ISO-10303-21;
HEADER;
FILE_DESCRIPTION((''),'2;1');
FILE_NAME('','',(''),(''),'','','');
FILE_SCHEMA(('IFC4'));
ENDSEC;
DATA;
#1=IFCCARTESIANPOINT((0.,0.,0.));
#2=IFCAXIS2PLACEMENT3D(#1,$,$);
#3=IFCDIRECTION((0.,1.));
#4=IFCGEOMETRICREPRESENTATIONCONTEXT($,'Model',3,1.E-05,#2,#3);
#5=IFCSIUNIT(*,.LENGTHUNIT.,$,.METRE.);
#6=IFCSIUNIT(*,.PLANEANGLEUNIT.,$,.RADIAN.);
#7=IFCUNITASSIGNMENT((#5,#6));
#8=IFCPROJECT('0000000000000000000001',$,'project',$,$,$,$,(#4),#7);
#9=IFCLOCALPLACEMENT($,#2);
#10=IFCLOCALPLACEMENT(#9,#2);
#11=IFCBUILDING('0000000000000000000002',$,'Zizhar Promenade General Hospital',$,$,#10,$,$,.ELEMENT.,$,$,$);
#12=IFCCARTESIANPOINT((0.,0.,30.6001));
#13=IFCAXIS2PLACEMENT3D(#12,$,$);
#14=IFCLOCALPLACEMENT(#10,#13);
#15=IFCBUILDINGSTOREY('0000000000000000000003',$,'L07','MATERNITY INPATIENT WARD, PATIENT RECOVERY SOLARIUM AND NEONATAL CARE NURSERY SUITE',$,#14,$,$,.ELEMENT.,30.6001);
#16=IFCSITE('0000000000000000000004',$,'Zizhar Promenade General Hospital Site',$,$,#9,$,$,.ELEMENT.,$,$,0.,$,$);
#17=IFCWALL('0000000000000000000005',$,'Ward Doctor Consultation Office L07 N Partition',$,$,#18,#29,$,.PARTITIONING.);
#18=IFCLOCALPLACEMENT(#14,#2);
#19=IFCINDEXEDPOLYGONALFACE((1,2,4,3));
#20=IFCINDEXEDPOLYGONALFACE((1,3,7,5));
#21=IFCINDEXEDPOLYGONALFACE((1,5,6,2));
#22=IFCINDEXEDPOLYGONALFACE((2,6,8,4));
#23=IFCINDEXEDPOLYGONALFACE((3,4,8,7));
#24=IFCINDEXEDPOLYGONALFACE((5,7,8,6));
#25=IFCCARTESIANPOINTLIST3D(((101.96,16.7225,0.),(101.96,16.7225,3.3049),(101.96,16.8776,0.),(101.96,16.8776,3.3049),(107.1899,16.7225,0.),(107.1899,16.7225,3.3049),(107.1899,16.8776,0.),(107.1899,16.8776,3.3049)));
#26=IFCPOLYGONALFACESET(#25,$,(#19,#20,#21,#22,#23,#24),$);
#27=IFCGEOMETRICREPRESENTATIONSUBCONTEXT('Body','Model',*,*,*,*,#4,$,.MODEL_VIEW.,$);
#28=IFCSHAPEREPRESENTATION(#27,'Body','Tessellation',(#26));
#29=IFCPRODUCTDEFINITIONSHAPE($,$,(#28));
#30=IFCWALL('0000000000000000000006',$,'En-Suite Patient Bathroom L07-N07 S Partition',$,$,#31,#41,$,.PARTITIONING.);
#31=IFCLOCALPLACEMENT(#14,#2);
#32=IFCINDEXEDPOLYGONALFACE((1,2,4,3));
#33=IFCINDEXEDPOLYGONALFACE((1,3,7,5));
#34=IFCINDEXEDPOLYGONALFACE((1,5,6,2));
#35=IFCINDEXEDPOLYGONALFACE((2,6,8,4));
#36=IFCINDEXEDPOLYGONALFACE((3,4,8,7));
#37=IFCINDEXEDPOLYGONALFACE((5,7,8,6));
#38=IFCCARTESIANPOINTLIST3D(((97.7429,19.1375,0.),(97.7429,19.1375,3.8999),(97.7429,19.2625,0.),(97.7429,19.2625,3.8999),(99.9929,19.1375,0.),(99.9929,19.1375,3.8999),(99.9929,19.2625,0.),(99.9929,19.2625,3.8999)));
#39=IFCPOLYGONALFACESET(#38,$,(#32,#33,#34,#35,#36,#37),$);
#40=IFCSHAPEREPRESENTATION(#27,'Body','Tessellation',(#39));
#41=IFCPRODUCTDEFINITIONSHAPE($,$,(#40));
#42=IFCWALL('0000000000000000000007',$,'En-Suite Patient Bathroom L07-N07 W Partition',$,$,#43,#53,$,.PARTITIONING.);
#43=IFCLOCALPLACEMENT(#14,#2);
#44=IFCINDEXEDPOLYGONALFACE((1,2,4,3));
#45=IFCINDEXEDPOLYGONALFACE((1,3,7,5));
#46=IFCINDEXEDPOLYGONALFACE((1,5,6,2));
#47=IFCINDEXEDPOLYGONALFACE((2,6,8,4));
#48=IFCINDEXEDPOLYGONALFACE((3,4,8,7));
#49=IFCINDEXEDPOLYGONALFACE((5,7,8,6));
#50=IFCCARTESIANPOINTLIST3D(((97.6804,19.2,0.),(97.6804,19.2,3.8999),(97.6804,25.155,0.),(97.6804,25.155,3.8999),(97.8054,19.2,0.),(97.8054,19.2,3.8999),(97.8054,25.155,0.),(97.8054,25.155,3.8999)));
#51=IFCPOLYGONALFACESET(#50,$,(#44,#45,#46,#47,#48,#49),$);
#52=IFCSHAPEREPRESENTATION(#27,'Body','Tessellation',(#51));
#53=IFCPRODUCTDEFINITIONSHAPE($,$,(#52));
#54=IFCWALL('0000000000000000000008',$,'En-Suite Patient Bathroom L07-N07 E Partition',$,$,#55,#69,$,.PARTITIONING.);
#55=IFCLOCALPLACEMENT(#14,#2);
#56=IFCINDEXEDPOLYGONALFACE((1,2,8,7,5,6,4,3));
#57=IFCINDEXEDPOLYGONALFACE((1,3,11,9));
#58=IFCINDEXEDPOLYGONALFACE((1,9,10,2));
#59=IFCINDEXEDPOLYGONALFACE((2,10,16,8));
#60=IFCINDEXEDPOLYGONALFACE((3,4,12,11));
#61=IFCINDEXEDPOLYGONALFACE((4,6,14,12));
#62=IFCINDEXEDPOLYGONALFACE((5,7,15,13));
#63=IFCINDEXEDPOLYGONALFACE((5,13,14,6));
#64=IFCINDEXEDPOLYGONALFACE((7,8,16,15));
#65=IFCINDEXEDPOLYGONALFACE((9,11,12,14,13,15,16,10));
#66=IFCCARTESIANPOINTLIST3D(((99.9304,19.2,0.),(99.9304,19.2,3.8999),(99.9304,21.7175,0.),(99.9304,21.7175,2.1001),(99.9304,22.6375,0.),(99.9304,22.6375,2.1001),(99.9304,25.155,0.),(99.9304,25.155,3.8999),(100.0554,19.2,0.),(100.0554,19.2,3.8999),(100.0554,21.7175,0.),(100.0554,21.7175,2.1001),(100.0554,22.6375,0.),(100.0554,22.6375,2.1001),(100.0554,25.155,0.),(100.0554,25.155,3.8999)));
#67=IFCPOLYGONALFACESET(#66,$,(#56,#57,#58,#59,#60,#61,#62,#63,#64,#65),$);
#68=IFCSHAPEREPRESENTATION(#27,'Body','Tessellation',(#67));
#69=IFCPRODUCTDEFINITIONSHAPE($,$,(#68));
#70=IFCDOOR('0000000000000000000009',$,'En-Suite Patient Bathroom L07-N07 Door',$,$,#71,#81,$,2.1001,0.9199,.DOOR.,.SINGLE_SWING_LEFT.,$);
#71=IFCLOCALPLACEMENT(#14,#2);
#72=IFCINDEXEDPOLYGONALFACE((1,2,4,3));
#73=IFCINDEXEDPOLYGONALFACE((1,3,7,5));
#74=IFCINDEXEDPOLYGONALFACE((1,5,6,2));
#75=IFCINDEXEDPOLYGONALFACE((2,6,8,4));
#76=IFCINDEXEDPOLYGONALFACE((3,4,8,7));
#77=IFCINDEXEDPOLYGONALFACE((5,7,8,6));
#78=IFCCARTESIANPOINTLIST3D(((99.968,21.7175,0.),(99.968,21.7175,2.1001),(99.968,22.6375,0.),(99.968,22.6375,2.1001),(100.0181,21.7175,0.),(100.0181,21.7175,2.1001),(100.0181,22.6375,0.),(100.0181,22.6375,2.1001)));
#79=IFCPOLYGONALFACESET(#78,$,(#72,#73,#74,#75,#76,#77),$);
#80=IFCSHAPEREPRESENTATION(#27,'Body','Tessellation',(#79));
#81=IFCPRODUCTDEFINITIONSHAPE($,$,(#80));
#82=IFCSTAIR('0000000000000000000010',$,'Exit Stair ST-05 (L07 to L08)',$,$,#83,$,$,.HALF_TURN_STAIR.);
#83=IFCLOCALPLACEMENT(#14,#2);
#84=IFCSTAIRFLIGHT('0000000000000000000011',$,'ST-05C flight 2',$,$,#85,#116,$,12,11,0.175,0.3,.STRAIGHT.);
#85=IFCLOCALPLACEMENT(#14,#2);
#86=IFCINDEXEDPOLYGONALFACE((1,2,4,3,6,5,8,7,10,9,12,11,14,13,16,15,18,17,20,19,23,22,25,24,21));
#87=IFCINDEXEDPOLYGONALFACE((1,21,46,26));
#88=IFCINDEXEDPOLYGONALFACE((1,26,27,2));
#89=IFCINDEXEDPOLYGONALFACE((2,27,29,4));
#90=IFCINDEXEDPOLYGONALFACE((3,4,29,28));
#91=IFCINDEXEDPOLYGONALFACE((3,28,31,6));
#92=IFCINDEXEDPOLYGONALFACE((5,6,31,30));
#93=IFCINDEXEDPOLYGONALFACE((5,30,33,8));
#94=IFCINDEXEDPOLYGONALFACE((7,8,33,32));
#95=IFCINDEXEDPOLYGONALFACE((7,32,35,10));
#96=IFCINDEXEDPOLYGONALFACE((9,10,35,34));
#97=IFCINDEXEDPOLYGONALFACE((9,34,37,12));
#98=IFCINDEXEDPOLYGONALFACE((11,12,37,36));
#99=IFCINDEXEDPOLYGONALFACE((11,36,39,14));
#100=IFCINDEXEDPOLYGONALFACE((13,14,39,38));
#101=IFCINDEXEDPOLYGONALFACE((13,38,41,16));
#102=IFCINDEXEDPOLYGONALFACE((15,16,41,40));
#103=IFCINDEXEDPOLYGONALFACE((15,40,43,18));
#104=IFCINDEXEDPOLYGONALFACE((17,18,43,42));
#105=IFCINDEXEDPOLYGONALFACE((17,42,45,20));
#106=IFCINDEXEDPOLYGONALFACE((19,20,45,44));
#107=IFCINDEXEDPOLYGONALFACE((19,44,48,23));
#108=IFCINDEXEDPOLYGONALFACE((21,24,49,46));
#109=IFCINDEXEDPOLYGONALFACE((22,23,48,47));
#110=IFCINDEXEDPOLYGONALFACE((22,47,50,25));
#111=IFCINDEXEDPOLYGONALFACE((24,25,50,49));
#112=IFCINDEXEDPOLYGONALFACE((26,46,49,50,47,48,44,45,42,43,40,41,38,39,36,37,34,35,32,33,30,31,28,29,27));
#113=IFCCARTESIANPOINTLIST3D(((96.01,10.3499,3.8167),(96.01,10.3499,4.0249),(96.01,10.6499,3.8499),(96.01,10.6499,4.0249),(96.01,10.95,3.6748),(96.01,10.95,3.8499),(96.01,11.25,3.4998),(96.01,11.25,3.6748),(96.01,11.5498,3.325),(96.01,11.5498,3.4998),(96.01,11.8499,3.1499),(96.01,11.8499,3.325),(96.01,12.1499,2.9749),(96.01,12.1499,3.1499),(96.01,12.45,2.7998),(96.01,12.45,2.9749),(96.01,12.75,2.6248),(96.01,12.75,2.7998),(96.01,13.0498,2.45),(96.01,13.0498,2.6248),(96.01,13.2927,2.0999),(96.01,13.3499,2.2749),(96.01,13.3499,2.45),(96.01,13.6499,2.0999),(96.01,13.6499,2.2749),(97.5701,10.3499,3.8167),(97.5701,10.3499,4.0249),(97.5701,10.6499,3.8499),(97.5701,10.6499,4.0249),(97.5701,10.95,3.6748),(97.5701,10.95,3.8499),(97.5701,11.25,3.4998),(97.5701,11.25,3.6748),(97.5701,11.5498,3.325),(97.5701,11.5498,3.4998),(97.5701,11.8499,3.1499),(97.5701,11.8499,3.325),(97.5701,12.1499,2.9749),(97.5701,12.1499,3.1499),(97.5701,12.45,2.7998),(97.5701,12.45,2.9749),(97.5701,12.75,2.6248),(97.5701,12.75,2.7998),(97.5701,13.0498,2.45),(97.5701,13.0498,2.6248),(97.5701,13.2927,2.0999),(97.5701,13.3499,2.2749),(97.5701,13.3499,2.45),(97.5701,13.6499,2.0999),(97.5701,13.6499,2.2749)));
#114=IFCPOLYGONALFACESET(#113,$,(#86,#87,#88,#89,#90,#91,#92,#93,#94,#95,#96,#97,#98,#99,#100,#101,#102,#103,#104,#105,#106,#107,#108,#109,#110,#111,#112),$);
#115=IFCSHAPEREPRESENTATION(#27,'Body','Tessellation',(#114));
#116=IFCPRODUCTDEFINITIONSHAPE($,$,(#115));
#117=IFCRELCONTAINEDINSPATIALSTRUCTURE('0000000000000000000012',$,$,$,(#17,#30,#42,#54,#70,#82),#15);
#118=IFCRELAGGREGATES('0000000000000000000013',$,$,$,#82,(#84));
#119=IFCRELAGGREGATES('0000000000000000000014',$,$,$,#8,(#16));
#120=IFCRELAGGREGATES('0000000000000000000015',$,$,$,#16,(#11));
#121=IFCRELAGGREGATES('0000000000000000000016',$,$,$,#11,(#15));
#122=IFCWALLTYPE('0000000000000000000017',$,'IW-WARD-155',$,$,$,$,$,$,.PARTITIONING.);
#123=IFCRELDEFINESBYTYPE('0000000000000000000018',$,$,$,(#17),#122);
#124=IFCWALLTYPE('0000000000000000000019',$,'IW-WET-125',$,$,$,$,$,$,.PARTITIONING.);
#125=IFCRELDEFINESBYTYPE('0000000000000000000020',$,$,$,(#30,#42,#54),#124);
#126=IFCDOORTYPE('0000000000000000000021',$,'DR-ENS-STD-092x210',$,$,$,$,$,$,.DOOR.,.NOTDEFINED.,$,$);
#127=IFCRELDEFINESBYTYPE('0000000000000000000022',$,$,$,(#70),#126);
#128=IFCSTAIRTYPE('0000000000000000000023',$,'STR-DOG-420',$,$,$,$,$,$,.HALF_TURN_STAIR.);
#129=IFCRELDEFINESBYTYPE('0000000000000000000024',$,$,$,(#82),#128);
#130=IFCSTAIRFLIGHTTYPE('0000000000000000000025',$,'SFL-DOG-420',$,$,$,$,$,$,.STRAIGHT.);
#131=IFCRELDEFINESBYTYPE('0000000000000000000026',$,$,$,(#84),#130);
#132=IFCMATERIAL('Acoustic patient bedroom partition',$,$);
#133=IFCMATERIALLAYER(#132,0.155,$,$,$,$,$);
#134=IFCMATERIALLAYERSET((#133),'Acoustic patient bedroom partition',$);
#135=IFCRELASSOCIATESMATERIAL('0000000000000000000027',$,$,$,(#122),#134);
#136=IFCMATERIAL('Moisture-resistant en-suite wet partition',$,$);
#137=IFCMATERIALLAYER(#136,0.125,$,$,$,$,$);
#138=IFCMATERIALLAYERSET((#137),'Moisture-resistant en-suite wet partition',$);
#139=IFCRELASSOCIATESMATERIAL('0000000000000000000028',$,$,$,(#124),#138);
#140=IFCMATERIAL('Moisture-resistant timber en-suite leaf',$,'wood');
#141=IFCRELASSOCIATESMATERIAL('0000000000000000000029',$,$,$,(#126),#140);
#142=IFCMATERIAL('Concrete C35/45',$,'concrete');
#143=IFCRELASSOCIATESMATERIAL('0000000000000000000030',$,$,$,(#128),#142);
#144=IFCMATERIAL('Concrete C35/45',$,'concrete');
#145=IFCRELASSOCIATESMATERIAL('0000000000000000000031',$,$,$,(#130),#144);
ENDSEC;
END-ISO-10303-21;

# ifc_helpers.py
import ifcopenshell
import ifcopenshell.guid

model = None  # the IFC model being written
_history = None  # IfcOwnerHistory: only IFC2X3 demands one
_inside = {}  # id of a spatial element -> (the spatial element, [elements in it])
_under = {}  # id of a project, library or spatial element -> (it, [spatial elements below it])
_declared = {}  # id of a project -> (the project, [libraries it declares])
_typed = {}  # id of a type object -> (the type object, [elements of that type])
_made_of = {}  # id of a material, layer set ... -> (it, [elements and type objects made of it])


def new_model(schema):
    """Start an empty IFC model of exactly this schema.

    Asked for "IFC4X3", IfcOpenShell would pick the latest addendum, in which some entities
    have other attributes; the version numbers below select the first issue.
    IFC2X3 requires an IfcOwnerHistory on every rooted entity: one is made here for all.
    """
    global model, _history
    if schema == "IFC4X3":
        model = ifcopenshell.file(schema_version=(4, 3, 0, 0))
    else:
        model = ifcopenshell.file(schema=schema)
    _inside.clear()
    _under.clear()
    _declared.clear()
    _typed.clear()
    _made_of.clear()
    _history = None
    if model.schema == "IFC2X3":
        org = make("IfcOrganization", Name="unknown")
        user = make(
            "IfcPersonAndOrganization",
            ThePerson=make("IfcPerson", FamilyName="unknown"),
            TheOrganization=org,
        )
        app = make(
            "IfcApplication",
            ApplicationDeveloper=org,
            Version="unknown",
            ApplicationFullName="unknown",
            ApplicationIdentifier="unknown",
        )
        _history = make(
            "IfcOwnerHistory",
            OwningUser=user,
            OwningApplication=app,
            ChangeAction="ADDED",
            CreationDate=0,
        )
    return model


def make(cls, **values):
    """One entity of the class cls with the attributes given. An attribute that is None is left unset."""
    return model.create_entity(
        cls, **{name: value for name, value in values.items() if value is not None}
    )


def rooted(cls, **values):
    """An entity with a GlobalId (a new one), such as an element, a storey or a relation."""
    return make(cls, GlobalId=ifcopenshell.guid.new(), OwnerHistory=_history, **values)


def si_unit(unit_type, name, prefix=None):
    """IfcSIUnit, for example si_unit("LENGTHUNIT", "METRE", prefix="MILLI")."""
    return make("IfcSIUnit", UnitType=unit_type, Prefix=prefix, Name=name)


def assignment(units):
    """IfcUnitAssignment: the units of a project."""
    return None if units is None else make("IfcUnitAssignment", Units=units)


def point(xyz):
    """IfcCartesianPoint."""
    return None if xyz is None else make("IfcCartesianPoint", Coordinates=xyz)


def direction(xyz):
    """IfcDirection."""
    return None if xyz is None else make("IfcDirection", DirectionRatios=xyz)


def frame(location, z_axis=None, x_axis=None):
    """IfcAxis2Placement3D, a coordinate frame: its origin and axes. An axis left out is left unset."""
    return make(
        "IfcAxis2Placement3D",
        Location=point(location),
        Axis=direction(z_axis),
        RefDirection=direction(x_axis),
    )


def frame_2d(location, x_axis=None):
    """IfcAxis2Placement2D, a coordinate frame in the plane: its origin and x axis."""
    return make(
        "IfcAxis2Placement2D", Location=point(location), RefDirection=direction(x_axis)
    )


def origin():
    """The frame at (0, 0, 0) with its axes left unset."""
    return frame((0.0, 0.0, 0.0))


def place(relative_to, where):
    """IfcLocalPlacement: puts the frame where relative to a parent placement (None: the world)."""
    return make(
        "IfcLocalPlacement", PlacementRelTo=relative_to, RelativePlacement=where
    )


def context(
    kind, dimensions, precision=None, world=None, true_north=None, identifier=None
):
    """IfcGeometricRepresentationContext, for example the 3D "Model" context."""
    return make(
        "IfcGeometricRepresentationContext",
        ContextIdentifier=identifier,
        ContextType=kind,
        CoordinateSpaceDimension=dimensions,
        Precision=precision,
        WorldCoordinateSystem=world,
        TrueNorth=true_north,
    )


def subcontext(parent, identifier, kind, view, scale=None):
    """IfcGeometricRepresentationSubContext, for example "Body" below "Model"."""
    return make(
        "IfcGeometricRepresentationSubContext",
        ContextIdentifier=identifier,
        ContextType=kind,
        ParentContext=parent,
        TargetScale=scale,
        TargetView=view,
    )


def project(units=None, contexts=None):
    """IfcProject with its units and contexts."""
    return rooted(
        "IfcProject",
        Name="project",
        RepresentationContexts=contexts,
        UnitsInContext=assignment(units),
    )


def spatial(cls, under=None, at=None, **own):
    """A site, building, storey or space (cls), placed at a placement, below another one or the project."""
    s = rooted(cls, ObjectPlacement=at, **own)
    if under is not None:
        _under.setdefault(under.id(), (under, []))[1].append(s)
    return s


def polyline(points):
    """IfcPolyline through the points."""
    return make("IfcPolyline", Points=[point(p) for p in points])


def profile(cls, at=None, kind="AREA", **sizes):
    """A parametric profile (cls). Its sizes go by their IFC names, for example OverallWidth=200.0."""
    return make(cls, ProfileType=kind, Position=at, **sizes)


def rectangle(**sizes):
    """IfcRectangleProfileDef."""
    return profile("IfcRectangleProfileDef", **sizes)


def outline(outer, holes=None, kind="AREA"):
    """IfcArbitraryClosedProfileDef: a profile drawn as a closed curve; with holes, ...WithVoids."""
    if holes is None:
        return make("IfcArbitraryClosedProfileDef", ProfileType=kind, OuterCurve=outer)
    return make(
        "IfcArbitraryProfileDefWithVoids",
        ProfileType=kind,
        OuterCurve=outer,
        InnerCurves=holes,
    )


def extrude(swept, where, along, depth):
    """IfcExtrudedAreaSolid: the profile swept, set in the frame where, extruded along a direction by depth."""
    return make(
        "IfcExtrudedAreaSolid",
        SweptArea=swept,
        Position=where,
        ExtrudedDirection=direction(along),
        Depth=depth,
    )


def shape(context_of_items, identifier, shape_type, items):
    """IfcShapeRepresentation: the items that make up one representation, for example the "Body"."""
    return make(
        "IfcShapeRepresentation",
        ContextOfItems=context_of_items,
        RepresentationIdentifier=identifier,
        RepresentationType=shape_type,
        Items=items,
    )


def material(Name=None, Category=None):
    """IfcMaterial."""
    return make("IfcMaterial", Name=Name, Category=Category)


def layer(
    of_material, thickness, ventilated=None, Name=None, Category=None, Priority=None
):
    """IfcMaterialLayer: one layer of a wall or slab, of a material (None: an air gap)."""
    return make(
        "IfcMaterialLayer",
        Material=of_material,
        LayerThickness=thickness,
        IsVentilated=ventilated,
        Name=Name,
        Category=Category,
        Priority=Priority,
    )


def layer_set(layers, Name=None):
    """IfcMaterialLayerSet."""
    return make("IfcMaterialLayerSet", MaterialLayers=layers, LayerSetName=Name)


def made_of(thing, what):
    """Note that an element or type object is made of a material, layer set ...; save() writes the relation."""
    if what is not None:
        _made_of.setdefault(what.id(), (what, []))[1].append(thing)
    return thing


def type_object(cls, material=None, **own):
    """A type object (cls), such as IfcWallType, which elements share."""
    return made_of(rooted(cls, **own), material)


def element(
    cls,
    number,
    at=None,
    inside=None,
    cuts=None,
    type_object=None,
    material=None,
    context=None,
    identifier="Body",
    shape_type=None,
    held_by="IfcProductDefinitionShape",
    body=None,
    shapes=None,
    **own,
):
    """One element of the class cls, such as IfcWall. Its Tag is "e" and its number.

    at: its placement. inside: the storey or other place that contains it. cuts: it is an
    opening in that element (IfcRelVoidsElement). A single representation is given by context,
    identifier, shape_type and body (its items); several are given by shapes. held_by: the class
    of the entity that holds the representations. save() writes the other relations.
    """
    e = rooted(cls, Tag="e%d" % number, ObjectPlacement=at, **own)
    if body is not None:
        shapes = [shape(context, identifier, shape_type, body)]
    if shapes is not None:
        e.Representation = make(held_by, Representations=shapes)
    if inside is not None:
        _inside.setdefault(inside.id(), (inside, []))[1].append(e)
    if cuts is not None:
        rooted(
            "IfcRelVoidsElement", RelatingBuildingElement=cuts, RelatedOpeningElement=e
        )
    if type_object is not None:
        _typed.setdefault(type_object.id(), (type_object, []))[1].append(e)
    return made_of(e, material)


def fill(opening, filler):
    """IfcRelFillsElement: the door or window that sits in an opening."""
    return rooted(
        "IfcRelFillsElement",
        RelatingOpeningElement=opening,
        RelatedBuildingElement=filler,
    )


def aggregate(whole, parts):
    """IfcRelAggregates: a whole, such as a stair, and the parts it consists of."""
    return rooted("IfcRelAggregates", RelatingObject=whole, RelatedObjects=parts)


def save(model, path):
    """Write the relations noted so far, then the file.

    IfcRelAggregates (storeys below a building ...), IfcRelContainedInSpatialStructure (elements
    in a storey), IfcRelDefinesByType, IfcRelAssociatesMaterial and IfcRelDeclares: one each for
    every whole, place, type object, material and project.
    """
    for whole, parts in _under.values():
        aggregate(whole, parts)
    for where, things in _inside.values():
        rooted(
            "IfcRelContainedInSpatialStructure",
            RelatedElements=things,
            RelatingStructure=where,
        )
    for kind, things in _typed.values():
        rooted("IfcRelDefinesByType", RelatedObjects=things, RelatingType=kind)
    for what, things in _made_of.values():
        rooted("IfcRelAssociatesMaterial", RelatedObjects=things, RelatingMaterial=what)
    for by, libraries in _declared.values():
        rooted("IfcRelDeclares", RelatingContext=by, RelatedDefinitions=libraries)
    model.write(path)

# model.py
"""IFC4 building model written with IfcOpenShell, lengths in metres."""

from ifc_helpers import new_model, si_unit, direction, frame, frame_2d, origin, place, context, subcontext, project, spatial, polyline, rectangle, outline, extrude, material, layer, layer_set, type_object, element, fill, aggregate, save


model = new_model("IFC4")

# Units and contexts
model_context = context("Model", 3, precision=1e-05, world=origin(), true_north=direction((0.0, 1.0)))
body_context = subcontext(model_context, "Body", "Model", "MODEL_VIEW")
ifc_project = project(units=[si_unit("LENGTHUNIT", "METRE"), si_unit("PLANEANGLEUNIT", "RADIAN")], contexts=[model_context])

# Site, building, storey
site_placement = place(None, origin())
site = spatial("IfcSite", under=ifc_project, at=site_placement, Name="Zizhar Promenade General Hospital Site", CompositionType="ELEMENT", RefElevation=0.0)
building_placement = place(site_placement, origin())
building = spatial("IfcBuilding", under=site, at=building_placement, Name="Zizhar Promenade General Hospital", CompositionType="ELEMENT")
storey_placement = place(building_placement, frame((0.0, 0.0, 30.6001)))
storey = spatial("IfcBuildingStorey", under=building, at=storey_placement, Name="L07", Description="MATERNITY INPATIENT WARD, PATIENT RECOVERY SOLARIUM AND NEONATAL CARE NURSERY SUITE", CompositionType="ELEMENT", Elevation=30.6001)

# Walls
ifc_material_1 = material(Name="Acoustic patient bedroom partition")
ifc_layer_1 = layer(ifc_material_1, 0.155)
ifc_layer_set_1 = layer_set([ifc_layer_1], Name="Acoustic patient bedroom partition")
wall_type_1 = type_object("IfcWallType", Name="IW-WARD-155", PredefinedType="PARTITIONING", material=ifc_layer_set_1)
wall_1_placement = place(storey_placement, frame((101.96, 16.8, 0.0), z_axis=(0.0, 0.0, 1.0), x_axis=(1.0, 0.0, 0.0)))
element("IfcWall", 1, at=wall_1_placement, inside=storey, type_object=wall_type_1, Name="Ward Doctor Consultation Office L07 N Partition", PredefinedType="PARTITIONING", context=body_context, shape_type="SweptSolid", body=[
    extrude(rectangle(XDim=5.23, YDim=0.155, at=frame_2d((2.615, 0.0))), origin(), (0.0, 0.0, 1.0), 3.3049),
])
ifc_material_2 = material(Name="Moisture-resistant en-suite wet partition")
ifc_layer_2 = layer(ifc_material_2, 0.125)
ifc_layer_set_2 = layer_set([ifc_layer_2], Name="Moisture-resistant en-suite wet partition")
wall_type_2 = type_object("IfcWallType", Name="IW-WET-125", PredefinedType="PARTITIONING", material=ifc_layer_set_2)
wall_2_placement = place(storey_placement, frame((97.7429, 19.2, 0.0), z_axis=(0.0, 0.0, 1.0), x_axis=(1.0, 0.0, 0.0)))
element("IfcWall", 2, at=wall_2_placement, inside=storey, type_object=wall_type_2, Name="En-Suite Patient Bathroom L07-N07 S Partition", PredefinedType="PARTITIONING", context=body_context, shape_type="SweptSolid", body=[
    extrude(rectangle(XDim=2.25, YDim=0.125, at=frame_2d((1.125, 0.0))), origin(), (0.0, 0.0, 1.0), 3.8999),
])
wall_3_placement = place(storey_placement, frame((97.7429, 19.2, 0.0), z_axis=(0.0, 0.0, 1.0), x_axis=(0.0, 1.0, 0.0)))
element("IfcWall", 3, at=wall_3_placement, inside=storey, type_object=wall_type_2, Name="En-Suite Patient Bathroom L07-N07 W Partition", PredefinedType="PARTITIONING", context=body_context, shape_type="SweptSolid", body=[
    extrude(rectangle(XDim=5.9551, YDim=0.125, at=frame_2d((2.9775, 0.0))), origin(), (0.0, 0.0, 1.0), 3.8999),
])

# Wall, opening, door
wall_4_placement = place(storey_placement, frame((99.9929, 19.2, 0.0), z_axis=(0.0, 0.0, 1.0), x_axis=(0.0, 1.0, 0.0)))
wall_4 = element("IfcWall", 4, at=wall_4_placement, inside=storey, type_object=wall_type_2, Name="En-Suite Patient Bathroom L07-N07 E Partition", PredefinedType="PARTITIONING", context=body_context, shape_type="SweptSolid", body=[
    extrude(rectangle(XDim=5.9551, YDim=0.125, at=frame_2d((2.9775, 0.0))), origin(), (0.0, 0.0, 1.0), 3.8999),
])
opening_1_placement = place(wall_4_placement, frame((2.5176, 0.0, 0.0)))
opening_1 = element("IfcOpeningElement", 5, at=opening_1_placement, cuts=wall_4, PredefinedType="OPENING", context=body_context, shape_type="SweptSolid", body=[
    extrude(rectangle(XDim=0.9199, YDim=2.1001, at=frame_2d((0.46, 1.05))), frame((0.0, 0.0725, 0.0), z_axis=(0.0, -1.0, 0.0), x_axis=(1.0, 0.0, 0.0)), (0.0, 0.0, 1.0), 0.145),
])
ifc_material_3 = material(Name="Moisture-resistant timber en-suite leaf", Category="wood")
door_type_1 = type_object("IfcDoorType", Name="DR-ENS-STD-092x210", OperationType="NOTDEFINED", PredefinedType="DOOR", material=ifc_material_3)
door_1_placement = place(opening_1_placement, origin())
door_1 = element("IfcDoor", 6, at=door_1_placement, inside=storey, type_object=door_type_1, Name="En-Suite Patient Bathroom L07-N07 Door", OperationType="SINGLE_SWING_LEFT", OverallHeight=2.1001, OverallWidth=0.9199, PredefinedType="DOOR", context=body_context, shape_type="SweptSolid", body=[
    extrude(rectangle(XDim=0.9199, YDim=2.1001, at=frame_2d((0.46, 1.05))), frame((0.0, 0.0249, 0.0), z_axis=(0.0, -1.0, 0.0), x_axis=(1.0, 0.0, 0.0)), (0.0, 0.0, 1.0), 0.05),
])
fill(opening_1, door_1)

# Stair, stair flight
ifc_material_4 = material(Name="Concrete C35/45", Category="concrete")
stair_type = type_object("IfcStairType", Name="STR-DOG-420", PredefinedType="HALF_TURN_STAIR", material=ifc_material_4)
stair_placement = place(storey_placement, origin())
stair = element("IfcStair", 7, at=stair_placement, inside=storey, type_object=stair_type, Name="Exit Stair ST-05 (L07 to L08)", PredefinedType="HALF_TURN_STAIR")
ifc_material_5 = material(Name="Concrete C35/45", Category="concrete")
stair_flight_type = type_object("IfcStairFlightType", Name="SFL-DOG-420", PredefinedType="STRAIGHT", material=ifc_material_5)
stair_flight_placement = place(storey_placement, frame((96.79, 13.6499, 2.0999), z_axis=(0.0, 0.0, 1.0), x_axis=(0.0, -1.0, 0.0)))
stair_flight = element("IfcStairFlight", 8, at=stair_flight_placement, type_object=stair_flight_type, Name="ST-05C flight 2", NumberOfRisers=12, NumberOfTreads=11, PredefinedType="STRAIGHT", RiserHeight=0.175, TreadLength=0.3, context=body_context, shape_type="SweptSolid", body=[
    extrude(outline(polyline([(0.0, 0.0), (0.0, 0.175), (0.3, 0.175), (0.3, 0.3501), (0.6001, 0.3501), (0.6001, 0.5249), (0.8999, 0.5249), (0.8999, 0.7), (1.2, 0.7), (1.2, 0.875), (1.5, 0.875), (1.5, 1.05), (1.8, 1.05), (1.8, 1.2251), (2.1001, 1.2251), (2.1001, 1.3999), (2.3999, 1.3999), (2.3999, 1.575), (2.7, 1.575), (2.7, 1.75), (3.0, 1.75), (3.0, 1.925), (3.3, 1.925), (3.3, 2.1001), (3.3, 1.7168), (0.3572, 0.0), (0.0, 0.0)])), frame((0.0, 0.78, 0.0), z_axis=(0.0, -1.0, 0.0), x_axis=(1.0, 0.0, 0.0)), (0.0, 0.0, 1.0), 1.5601),
])
aggregate(stair, [stair_flight])

save(model, "model.ifc")
